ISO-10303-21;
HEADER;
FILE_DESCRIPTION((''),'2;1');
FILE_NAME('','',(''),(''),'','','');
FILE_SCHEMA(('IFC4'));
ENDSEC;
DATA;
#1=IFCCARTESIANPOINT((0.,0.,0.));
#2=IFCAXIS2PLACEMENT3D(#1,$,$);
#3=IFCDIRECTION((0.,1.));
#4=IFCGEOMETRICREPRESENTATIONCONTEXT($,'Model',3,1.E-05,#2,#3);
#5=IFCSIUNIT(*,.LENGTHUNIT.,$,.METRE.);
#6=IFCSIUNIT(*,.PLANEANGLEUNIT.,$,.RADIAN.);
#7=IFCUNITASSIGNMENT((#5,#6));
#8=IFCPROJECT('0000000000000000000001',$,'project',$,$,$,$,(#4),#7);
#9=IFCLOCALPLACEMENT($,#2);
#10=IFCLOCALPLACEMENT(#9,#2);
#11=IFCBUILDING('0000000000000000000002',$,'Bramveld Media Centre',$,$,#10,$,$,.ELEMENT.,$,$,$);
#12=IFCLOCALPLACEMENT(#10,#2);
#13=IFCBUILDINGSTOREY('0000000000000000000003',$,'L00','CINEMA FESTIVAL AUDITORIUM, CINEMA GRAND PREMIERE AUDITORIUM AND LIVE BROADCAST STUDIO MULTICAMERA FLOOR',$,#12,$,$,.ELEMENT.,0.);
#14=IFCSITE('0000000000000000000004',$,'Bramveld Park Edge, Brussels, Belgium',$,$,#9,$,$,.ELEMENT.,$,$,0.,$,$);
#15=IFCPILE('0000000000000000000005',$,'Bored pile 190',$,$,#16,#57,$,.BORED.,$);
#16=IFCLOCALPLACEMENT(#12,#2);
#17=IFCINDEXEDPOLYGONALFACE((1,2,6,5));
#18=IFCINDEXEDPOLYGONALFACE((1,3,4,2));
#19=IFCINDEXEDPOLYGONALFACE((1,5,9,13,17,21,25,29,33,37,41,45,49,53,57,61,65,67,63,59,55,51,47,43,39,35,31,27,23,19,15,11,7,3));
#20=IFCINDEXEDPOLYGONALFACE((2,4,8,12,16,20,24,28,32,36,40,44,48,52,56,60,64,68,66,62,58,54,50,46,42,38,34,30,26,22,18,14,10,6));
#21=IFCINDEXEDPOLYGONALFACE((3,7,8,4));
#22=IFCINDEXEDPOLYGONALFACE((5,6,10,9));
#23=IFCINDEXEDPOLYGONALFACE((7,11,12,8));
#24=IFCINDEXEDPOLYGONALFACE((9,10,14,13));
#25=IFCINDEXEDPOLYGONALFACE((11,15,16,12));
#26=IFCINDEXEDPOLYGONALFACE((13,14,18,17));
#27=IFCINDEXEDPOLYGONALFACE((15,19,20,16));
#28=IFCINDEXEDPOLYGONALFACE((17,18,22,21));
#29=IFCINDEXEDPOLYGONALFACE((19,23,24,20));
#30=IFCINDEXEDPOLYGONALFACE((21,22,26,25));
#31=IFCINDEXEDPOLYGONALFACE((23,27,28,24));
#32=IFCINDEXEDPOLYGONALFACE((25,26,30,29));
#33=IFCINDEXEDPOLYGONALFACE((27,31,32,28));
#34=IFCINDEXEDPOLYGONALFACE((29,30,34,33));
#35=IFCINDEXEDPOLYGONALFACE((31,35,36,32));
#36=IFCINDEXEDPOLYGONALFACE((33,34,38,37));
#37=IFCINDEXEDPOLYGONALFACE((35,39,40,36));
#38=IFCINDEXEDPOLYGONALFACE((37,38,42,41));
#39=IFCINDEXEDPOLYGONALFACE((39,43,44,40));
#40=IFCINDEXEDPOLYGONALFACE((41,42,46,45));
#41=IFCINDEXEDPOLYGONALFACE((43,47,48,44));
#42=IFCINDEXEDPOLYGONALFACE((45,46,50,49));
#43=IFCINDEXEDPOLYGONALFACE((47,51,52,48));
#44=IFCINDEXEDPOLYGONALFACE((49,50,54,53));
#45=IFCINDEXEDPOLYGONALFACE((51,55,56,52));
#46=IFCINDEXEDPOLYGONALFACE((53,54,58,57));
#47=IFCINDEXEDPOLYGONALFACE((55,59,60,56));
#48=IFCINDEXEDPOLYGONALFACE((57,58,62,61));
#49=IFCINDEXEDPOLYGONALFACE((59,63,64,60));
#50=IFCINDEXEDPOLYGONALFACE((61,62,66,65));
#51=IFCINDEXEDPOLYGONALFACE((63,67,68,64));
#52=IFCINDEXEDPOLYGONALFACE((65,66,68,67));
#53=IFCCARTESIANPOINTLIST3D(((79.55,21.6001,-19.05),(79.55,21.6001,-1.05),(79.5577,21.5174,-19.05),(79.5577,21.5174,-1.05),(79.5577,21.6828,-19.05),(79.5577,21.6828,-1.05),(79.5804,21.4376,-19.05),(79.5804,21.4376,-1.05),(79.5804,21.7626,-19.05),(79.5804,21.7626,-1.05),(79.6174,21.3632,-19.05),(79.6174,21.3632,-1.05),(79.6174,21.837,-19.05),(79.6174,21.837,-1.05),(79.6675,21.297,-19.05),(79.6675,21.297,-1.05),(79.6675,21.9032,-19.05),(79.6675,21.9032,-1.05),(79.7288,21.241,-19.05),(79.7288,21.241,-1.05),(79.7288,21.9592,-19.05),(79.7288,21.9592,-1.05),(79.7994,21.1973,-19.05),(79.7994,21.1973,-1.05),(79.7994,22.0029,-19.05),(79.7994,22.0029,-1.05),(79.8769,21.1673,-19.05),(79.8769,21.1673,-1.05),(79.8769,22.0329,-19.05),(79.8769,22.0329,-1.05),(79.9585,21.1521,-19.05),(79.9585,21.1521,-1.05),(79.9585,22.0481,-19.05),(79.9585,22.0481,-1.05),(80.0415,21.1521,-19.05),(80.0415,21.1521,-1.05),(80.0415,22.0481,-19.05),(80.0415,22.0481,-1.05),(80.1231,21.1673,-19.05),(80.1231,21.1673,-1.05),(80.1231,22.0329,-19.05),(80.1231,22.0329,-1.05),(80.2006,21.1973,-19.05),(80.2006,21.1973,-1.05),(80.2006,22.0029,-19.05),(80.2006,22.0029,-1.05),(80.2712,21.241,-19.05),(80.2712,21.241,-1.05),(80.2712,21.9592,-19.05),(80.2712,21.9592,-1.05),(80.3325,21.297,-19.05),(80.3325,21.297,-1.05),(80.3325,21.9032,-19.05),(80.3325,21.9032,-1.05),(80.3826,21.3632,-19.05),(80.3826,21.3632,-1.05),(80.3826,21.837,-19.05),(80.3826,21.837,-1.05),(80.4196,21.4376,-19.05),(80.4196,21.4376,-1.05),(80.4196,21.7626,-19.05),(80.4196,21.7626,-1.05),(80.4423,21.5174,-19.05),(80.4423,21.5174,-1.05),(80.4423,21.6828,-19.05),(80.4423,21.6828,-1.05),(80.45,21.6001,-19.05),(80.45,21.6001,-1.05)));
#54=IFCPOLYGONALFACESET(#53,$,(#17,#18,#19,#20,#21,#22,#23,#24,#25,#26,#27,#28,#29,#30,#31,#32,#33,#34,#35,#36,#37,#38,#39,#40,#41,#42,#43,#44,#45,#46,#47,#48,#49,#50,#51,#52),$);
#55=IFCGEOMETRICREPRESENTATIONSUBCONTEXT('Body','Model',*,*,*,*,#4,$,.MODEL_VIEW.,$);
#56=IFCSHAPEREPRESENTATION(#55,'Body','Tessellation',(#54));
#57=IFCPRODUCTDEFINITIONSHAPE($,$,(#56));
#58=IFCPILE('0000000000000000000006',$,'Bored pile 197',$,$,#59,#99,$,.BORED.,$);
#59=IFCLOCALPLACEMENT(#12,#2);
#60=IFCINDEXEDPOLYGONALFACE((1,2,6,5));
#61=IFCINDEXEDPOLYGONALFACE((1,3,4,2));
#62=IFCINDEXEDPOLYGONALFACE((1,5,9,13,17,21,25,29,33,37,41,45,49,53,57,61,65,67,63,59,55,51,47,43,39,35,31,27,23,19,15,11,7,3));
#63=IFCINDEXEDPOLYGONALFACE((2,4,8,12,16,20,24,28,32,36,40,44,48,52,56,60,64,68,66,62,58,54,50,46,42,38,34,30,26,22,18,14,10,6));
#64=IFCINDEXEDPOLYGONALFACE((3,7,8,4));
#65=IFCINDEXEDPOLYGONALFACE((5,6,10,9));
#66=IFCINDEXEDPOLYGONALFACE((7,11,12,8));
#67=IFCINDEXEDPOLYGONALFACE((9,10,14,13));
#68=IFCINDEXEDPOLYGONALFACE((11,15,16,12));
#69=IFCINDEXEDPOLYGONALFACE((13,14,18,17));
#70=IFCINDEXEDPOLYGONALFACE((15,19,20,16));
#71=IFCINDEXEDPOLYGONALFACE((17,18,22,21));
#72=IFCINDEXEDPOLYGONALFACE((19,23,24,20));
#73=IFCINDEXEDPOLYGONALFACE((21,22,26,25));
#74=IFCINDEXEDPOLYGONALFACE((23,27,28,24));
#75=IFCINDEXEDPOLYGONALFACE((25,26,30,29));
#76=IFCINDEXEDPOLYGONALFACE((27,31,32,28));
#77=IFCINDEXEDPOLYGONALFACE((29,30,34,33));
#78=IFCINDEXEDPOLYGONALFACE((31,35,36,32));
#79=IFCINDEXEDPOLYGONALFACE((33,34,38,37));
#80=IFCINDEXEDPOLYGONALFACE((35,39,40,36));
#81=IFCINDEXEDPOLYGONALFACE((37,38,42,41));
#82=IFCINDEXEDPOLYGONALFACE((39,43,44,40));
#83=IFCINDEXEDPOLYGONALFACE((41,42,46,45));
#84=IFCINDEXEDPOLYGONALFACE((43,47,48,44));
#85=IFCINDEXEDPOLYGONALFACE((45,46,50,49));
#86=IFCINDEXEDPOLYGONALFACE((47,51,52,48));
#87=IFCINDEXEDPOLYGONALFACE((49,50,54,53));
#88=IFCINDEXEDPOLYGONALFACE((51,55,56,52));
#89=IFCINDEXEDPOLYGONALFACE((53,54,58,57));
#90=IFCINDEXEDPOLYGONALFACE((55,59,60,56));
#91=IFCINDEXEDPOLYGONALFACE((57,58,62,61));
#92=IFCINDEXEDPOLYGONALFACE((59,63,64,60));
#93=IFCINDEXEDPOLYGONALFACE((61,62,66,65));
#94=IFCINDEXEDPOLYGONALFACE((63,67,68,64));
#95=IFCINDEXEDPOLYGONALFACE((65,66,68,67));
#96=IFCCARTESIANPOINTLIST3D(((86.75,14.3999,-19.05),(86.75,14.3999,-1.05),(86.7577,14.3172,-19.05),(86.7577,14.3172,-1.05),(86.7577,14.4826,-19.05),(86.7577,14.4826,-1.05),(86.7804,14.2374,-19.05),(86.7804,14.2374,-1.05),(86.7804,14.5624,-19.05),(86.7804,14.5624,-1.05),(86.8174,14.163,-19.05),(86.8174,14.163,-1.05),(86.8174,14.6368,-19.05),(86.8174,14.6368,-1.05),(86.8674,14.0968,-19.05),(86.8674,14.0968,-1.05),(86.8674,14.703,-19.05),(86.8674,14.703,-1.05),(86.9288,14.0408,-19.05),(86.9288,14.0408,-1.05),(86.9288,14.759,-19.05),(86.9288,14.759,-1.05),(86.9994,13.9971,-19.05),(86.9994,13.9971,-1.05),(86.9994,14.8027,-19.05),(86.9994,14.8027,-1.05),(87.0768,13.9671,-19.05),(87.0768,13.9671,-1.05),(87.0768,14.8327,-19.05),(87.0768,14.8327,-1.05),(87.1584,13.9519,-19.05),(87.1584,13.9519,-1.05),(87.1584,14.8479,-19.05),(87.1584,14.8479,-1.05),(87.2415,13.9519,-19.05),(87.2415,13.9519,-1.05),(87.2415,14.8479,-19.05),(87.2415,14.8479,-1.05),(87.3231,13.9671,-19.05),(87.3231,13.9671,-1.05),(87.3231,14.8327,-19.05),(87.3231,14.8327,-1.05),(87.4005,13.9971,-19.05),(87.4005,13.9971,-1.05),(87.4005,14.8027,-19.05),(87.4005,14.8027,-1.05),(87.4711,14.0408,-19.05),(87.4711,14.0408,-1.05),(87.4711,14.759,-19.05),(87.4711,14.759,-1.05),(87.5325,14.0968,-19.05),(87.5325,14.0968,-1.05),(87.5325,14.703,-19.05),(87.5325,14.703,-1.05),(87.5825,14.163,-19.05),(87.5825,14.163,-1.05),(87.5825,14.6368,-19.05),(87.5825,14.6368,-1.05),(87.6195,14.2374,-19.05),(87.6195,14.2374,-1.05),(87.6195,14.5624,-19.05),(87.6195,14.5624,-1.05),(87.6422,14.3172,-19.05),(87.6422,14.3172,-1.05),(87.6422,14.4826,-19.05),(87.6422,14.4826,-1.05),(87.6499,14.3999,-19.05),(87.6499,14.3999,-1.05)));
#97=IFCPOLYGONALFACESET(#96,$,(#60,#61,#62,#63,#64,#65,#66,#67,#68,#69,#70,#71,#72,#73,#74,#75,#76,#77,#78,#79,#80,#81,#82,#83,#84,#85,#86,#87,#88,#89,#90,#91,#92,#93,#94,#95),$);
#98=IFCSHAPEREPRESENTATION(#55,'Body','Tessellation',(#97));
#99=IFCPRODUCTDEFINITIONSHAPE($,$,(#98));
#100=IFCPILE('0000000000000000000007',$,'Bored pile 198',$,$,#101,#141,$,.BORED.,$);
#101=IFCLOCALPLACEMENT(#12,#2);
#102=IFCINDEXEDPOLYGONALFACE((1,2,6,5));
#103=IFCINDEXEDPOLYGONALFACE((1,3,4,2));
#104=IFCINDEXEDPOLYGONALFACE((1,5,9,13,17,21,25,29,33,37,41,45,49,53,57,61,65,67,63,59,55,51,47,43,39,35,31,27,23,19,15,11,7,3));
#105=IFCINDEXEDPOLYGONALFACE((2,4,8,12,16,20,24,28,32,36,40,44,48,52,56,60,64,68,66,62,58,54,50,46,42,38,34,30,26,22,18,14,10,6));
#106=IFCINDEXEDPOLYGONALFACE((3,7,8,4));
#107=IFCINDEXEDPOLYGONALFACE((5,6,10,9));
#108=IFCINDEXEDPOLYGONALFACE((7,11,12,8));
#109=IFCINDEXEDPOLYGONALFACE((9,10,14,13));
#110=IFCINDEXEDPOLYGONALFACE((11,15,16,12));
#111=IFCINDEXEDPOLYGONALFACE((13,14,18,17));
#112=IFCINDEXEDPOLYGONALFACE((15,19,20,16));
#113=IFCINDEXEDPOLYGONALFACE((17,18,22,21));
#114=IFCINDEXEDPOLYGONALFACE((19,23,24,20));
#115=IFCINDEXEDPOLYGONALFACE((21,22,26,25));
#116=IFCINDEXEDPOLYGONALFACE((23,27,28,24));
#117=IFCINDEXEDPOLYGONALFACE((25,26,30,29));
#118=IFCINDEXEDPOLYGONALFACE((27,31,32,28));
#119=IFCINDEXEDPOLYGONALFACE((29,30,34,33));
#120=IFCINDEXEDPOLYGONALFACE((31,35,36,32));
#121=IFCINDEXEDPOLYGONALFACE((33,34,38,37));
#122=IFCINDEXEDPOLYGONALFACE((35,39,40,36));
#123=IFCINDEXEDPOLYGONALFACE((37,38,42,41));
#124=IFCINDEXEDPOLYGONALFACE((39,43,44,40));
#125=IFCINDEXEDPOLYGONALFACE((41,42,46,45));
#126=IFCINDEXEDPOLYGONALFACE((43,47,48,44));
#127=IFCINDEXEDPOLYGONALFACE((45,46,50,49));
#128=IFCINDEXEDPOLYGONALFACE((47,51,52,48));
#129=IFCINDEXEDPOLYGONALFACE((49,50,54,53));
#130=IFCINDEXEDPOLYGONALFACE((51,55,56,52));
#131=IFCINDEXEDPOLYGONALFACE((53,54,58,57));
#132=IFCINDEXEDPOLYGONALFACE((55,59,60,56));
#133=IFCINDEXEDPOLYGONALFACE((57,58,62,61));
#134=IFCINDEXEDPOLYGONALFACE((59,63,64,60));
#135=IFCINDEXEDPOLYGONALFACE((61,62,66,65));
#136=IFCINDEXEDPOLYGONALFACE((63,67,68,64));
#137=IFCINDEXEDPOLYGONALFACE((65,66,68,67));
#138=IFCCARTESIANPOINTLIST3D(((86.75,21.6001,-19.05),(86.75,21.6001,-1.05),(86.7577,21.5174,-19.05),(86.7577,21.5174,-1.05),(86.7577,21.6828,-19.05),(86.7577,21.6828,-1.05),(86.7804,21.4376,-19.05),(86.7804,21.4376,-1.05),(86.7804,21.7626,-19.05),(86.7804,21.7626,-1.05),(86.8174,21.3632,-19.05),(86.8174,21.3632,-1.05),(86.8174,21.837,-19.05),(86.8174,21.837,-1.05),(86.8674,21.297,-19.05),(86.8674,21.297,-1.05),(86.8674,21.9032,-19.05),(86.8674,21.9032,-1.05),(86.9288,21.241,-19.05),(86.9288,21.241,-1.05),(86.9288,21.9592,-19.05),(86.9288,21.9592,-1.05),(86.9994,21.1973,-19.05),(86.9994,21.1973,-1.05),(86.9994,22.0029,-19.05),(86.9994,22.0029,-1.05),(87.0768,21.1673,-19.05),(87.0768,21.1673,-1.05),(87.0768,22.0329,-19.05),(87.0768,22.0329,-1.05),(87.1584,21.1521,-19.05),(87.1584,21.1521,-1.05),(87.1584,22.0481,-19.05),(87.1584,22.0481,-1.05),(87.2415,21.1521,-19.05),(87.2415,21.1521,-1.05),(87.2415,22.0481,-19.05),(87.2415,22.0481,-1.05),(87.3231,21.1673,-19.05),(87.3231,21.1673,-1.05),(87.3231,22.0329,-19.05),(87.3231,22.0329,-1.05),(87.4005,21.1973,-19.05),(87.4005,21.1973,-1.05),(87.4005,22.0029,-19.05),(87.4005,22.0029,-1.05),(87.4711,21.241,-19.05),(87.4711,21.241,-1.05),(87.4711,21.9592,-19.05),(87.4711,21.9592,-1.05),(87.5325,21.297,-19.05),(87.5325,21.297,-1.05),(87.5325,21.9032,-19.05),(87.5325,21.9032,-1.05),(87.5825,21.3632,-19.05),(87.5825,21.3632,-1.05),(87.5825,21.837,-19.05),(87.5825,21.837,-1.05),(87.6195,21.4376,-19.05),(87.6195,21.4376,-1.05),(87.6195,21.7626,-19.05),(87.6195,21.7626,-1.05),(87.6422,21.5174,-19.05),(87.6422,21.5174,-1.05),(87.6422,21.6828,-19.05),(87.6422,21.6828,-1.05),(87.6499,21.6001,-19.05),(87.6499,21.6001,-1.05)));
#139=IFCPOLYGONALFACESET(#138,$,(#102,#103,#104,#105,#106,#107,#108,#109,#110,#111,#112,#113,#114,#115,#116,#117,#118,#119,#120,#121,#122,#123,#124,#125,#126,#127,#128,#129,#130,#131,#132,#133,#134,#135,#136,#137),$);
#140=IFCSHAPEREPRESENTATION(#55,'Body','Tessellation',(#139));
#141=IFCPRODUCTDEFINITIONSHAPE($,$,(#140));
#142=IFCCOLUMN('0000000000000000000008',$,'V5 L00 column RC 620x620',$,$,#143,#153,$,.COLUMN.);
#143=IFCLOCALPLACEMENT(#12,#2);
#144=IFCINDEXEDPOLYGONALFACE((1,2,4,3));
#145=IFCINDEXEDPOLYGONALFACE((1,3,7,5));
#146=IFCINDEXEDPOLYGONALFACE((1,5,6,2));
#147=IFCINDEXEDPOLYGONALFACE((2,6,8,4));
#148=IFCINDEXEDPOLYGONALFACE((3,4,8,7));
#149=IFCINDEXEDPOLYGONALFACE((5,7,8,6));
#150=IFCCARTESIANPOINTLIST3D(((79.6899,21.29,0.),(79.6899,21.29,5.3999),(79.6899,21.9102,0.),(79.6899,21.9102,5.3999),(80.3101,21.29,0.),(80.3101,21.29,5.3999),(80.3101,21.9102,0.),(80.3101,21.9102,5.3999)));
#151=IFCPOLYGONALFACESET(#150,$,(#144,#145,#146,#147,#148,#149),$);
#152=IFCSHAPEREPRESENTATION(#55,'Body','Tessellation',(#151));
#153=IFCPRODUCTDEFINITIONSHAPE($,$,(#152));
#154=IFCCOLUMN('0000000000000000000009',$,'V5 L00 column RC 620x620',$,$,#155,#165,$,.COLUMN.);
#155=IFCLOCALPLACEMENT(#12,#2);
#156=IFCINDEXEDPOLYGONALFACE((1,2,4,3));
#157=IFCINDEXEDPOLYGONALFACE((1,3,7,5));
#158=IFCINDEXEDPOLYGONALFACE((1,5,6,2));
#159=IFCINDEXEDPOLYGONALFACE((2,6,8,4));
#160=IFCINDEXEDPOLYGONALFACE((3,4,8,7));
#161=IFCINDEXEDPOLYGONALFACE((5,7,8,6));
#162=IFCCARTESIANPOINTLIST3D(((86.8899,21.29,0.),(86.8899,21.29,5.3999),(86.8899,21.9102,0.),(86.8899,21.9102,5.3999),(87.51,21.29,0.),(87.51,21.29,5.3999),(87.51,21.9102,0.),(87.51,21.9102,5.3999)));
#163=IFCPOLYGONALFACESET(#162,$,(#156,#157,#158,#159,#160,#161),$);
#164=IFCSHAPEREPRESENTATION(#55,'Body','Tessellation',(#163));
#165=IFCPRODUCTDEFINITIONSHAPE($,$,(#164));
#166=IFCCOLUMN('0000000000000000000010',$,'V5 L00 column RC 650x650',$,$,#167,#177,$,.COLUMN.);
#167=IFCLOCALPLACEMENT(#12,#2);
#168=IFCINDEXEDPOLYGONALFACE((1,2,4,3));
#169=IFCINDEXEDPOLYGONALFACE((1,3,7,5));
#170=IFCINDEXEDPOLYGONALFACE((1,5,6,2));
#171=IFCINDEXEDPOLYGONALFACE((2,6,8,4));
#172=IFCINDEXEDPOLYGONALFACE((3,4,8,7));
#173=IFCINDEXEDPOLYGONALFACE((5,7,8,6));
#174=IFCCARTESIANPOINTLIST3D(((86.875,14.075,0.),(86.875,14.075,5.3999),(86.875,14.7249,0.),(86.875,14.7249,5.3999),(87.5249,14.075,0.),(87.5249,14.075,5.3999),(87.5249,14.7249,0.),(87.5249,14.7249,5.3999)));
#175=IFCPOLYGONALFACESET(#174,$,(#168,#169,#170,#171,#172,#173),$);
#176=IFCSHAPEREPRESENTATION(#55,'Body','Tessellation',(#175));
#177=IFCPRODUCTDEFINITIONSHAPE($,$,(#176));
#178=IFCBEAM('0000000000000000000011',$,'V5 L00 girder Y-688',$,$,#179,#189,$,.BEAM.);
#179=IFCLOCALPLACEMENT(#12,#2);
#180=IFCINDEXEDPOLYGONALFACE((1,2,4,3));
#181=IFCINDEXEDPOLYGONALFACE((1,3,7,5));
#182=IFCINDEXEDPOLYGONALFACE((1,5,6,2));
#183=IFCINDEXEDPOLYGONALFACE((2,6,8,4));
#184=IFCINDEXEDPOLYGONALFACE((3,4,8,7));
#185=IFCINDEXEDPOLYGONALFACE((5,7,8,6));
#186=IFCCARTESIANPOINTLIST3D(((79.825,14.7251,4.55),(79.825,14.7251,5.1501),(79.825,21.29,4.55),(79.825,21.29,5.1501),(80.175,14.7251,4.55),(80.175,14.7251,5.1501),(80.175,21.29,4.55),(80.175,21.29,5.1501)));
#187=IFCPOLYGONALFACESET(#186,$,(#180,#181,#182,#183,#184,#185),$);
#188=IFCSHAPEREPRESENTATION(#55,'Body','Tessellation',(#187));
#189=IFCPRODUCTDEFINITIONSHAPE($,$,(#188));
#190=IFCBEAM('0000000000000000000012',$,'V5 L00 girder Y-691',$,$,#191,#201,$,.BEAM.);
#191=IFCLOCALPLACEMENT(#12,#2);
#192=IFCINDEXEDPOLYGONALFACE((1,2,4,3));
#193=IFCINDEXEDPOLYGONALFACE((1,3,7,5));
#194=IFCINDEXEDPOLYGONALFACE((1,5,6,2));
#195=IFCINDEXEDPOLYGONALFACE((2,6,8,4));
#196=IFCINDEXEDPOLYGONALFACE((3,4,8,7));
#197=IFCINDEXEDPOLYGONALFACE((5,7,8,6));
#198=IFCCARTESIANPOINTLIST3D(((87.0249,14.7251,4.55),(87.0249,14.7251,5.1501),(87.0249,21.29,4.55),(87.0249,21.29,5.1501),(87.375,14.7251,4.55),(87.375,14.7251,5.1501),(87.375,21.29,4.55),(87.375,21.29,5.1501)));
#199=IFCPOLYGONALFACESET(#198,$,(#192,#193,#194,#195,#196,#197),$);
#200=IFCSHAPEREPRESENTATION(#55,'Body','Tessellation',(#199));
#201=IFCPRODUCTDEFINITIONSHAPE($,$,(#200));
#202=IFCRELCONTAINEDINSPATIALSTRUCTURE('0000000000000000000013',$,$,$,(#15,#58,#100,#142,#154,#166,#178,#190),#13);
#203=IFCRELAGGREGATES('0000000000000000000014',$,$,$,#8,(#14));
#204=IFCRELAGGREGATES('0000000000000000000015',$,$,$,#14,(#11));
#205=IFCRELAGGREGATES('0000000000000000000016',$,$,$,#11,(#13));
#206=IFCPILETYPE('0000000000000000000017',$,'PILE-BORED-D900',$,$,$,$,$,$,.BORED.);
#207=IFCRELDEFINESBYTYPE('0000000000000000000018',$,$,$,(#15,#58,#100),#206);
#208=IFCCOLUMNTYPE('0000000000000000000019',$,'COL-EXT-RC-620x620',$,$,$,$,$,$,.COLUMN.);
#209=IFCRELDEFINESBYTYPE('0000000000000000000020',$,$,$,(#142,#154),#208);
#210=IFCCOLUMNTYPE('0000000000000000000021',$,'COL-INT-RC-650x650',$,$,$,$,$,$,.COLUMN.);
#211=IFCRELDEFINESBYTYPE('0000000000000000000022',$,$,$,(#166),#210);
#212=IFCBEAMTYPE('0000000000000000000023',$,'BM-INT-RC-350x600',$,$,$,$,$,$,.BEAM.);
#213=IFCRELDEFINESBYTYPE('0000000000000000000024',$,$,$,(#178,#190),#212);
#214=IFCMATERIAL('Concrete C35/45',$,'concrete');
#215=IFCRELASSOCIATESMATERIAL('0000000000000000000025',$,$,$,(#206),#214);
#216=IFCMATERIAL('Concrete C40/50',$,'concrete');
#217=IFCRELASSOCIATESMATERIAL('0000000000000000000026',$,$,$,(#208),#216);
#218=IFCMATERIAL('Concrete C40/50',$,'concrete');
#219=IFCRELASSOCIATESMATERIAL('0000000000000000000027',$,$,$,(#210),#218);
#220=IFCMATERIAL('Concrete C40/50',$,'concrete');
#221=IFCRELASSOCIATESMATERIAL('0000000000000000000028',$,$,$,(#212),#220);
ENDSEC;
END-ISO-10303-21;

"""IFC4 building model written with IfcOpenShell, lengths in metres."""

from ifc_helpers import new_model, si_unit, direction, frame, origin, origin_2d, place, context, subcontext, project, spatial, rectangle, circle, extrude, material, material_profile, profile_set, type_object, element, save


model = new_model("IFC4")

# Units and contexts
model_context = context("Model", 3, precision=1e-05, world=origin(), true_north=direction((0.0, 1.0)))
body_context = subcontext(model_context, "Body", "Model", "MODEL_VIEW")
ifc_project = project(units=[si_unit("LENGTHUNIT", "METRE"), si_unit("PLANEANGLEUNIT", "RADIAN")], contexts=[model_context])

# Site, building, storey
site_placement = place(None, origin())
site = spatial("IfcSite", under=ifc_project, at=site_placement, Name="Bramveld Park Edge, Brussels, Belgium", CompositionType="ELEMENT", RefElevation=0.0)
building_placement = place(site_placement, origin())
building = spatial("IfcBuilding", under=site, at=building_placement, Name="Bramveld Media Centre", CompositionType="ELEMENT")
storey_placement = place(building_placement, origin())
storey = spatial("IfcBuildingStorey", under=building, at=storey_placement, Name="L00", Description="CINEMA FESTIVAL AUDITORIUM, CINEMA GRAND PREMIERE AUDITORIUM AND LIVE BROADCAST STUDIO MULTICAMERA FLOOR", CompositionType="ELEMENT", Elevation=0.0)

# Piles
ifc_material_1 = material(Name="Concrete C35/45", Category="concrete")
ifc_material_profile_1 = material_profile(ifc_material_1, circle(Radius=0.45, at=origin_2d()), Name="BORED D900")
ifc_profile_set_1 = profile_set([ifc_material_profile_1], Name="Concrete C35/45")
pile_type_1 = type_object("IfcPileType", Name="PILE-BORED-D900", PredefinedType="BORED", material=ifc_profile_set_1)
for number, where, z_axis, x_axis, name in (
    (1, (80.0, 21.6001, -1.05), (0.0, 0.0, -1.0), (1.0, 0.0, 0.0), "Bored pile 190"),
    (2, (87.2, 14.3999, -1.05), (0.0, 0.0, -1.0), (1.0, 0.0, 0.0), "Bored pile 197"),
    (3, (87.2, 21.6001, -1.05), (0.0, 0.0, -1.0), (1.0, 0.0, 0.0), "Bored pile 198"),
):
    element("IfcPile", number, at=place(storey_placement, frame(where, z_axis=z_axis, x_axis=x_axis)), inside=storey, type_object=pile_type_1, Name=name, PredefinedType="BORED", context=body_context, shape_type="SweptSolid", body=[
        extrude(circle(Radius=0.45, at=origin_2d()), origin(), (0.0, 0.0, 1.0), 18.0),
    ])

# Columns
ifc_material_2 = material(Name="Concrete C40/50", Category="concrete")
ifc_material_profile_2 = material_profile(ifc_material_2, rectangle(XDim=0.6201, YDim=0.6201, at=origin_2d()), Name="RC 620x620")
ifc_profile_set_2 = profile_set([ifc_material_profile_2], Name="Concrete C40/50")
column_type_1 = type_object("IfcColumnType", Name="COL-EXT-RC-620x620", PredefinedType="COLUMN", material=ifc_profile_set_2)
for number, where, z_axis, x_axis, name in (
    (4, (80.0, 21.6001, 0.0), (0.0, 0.0, 1.0), (1.0, 0.0, 0.0), "V5 L00 column RC 620x620"),
    (5, (87.2, 21.6001, 0.0), (0.0, 0.0, 1.0), (1.0, 0.0, 0.0), "V5 L00 column RC 620x620"),
):
    element("IfcColumn", number, at=place(storey_placement, frame(where, z_axis=z_axis, x_axis=x_axis)), inside=storey, type_object=column_type_1, Name=name, PredefinedType="COLUMN", context=body_context, shape_type="SweptSolid", body=[
        extrude(rectangle(XDim=0.6201, YDim=0.6201, at=origin_2d()), origin(), (0.0, 0.0, 1.0), 5.3999),
    ])
ifc_material_3 = material(Name="Concrete C40/50", Category="concrete")
ifc_material_profile_3 = material_profile(ifc_material_3, rectangle(XDim=0.6499, YDim=0.6499, at=origin_2d()), Name="RC 650x650")
ifc_profile_set_3 = profile_set([ifc_material_profile_3], Name="Concrete C40/50")
column_type_2 = type_object("IfcColumnType", Name="COL-INT-RC-650x650", PredefinedType="COLUMN", material=ifc_profile_set_3)
column_placement = place(storey_placement, frame((87.2, 14.3999, 0.0), z_axis=(0.0, 0.0, 1.0), x_axis=(1.0, 0.0, 0.0)))
element("IfcColumn", 6, at=column_placement, inside=storey, type_object=column_type_2, Name="V5 L00 column RC 650x650", PredefinedType="COLUMN", context=body_context, shape_type="SweptSolid", body=[
    extrude(rectangle(XDim=0.6499, YDim=0.6499, at=origin_2d()), origin(), (0.0, 0.0, 1.0), 5.3999),
])

# Beams
ifc_material_4 = material(Name="Concrete C40/50", Category="concrete")
ifc_material_profile_4 = material_profile(ifc_material_4, rectangle(XDim=0.3501, YDim=0.6001, at=origin_2d()), Name="RC 350x600")
ifc_profile_set_4 = profile_set([ifc_material_profile_4], Name="Concrete C40/50")
beam_type_1 = type_object("IfcBeamType", Name="BM-INT-RC-350x600", PredefinedType="BEAM", material=ifc_profile_set_4)
for number, where, z_axis, x_axis, name in (
    (7, (80.0, 14.7251, 4.8501), (0.0, 1.0, 0.0), (-1.0, 0.0, 0.0), "V5 L00 girder Y-688"),
    (8, (87.2, 14.7251, 4.8501), (0.0, 1.0, 0.0), (-1.0, 0.0, 0.0), "V5 L00 girder Y-691"),
):
    element("IfcBeam", number, at=place(storey_placement, frame(where, z_axis=z_axis, x_axis=x_axis)), inside=storey, type_object=beam_type_1, Name=name, PredefinedType="BEAM", context=body_context, shape_type="SweptSolid", body=[
        extrude(rectangle(XDim=0.3501, YDim=0.6001, at=origin_2d()), origin(), (0.0, 0.0, 1.0), 6.5649),
    ])

save(model, "model.ifc")
